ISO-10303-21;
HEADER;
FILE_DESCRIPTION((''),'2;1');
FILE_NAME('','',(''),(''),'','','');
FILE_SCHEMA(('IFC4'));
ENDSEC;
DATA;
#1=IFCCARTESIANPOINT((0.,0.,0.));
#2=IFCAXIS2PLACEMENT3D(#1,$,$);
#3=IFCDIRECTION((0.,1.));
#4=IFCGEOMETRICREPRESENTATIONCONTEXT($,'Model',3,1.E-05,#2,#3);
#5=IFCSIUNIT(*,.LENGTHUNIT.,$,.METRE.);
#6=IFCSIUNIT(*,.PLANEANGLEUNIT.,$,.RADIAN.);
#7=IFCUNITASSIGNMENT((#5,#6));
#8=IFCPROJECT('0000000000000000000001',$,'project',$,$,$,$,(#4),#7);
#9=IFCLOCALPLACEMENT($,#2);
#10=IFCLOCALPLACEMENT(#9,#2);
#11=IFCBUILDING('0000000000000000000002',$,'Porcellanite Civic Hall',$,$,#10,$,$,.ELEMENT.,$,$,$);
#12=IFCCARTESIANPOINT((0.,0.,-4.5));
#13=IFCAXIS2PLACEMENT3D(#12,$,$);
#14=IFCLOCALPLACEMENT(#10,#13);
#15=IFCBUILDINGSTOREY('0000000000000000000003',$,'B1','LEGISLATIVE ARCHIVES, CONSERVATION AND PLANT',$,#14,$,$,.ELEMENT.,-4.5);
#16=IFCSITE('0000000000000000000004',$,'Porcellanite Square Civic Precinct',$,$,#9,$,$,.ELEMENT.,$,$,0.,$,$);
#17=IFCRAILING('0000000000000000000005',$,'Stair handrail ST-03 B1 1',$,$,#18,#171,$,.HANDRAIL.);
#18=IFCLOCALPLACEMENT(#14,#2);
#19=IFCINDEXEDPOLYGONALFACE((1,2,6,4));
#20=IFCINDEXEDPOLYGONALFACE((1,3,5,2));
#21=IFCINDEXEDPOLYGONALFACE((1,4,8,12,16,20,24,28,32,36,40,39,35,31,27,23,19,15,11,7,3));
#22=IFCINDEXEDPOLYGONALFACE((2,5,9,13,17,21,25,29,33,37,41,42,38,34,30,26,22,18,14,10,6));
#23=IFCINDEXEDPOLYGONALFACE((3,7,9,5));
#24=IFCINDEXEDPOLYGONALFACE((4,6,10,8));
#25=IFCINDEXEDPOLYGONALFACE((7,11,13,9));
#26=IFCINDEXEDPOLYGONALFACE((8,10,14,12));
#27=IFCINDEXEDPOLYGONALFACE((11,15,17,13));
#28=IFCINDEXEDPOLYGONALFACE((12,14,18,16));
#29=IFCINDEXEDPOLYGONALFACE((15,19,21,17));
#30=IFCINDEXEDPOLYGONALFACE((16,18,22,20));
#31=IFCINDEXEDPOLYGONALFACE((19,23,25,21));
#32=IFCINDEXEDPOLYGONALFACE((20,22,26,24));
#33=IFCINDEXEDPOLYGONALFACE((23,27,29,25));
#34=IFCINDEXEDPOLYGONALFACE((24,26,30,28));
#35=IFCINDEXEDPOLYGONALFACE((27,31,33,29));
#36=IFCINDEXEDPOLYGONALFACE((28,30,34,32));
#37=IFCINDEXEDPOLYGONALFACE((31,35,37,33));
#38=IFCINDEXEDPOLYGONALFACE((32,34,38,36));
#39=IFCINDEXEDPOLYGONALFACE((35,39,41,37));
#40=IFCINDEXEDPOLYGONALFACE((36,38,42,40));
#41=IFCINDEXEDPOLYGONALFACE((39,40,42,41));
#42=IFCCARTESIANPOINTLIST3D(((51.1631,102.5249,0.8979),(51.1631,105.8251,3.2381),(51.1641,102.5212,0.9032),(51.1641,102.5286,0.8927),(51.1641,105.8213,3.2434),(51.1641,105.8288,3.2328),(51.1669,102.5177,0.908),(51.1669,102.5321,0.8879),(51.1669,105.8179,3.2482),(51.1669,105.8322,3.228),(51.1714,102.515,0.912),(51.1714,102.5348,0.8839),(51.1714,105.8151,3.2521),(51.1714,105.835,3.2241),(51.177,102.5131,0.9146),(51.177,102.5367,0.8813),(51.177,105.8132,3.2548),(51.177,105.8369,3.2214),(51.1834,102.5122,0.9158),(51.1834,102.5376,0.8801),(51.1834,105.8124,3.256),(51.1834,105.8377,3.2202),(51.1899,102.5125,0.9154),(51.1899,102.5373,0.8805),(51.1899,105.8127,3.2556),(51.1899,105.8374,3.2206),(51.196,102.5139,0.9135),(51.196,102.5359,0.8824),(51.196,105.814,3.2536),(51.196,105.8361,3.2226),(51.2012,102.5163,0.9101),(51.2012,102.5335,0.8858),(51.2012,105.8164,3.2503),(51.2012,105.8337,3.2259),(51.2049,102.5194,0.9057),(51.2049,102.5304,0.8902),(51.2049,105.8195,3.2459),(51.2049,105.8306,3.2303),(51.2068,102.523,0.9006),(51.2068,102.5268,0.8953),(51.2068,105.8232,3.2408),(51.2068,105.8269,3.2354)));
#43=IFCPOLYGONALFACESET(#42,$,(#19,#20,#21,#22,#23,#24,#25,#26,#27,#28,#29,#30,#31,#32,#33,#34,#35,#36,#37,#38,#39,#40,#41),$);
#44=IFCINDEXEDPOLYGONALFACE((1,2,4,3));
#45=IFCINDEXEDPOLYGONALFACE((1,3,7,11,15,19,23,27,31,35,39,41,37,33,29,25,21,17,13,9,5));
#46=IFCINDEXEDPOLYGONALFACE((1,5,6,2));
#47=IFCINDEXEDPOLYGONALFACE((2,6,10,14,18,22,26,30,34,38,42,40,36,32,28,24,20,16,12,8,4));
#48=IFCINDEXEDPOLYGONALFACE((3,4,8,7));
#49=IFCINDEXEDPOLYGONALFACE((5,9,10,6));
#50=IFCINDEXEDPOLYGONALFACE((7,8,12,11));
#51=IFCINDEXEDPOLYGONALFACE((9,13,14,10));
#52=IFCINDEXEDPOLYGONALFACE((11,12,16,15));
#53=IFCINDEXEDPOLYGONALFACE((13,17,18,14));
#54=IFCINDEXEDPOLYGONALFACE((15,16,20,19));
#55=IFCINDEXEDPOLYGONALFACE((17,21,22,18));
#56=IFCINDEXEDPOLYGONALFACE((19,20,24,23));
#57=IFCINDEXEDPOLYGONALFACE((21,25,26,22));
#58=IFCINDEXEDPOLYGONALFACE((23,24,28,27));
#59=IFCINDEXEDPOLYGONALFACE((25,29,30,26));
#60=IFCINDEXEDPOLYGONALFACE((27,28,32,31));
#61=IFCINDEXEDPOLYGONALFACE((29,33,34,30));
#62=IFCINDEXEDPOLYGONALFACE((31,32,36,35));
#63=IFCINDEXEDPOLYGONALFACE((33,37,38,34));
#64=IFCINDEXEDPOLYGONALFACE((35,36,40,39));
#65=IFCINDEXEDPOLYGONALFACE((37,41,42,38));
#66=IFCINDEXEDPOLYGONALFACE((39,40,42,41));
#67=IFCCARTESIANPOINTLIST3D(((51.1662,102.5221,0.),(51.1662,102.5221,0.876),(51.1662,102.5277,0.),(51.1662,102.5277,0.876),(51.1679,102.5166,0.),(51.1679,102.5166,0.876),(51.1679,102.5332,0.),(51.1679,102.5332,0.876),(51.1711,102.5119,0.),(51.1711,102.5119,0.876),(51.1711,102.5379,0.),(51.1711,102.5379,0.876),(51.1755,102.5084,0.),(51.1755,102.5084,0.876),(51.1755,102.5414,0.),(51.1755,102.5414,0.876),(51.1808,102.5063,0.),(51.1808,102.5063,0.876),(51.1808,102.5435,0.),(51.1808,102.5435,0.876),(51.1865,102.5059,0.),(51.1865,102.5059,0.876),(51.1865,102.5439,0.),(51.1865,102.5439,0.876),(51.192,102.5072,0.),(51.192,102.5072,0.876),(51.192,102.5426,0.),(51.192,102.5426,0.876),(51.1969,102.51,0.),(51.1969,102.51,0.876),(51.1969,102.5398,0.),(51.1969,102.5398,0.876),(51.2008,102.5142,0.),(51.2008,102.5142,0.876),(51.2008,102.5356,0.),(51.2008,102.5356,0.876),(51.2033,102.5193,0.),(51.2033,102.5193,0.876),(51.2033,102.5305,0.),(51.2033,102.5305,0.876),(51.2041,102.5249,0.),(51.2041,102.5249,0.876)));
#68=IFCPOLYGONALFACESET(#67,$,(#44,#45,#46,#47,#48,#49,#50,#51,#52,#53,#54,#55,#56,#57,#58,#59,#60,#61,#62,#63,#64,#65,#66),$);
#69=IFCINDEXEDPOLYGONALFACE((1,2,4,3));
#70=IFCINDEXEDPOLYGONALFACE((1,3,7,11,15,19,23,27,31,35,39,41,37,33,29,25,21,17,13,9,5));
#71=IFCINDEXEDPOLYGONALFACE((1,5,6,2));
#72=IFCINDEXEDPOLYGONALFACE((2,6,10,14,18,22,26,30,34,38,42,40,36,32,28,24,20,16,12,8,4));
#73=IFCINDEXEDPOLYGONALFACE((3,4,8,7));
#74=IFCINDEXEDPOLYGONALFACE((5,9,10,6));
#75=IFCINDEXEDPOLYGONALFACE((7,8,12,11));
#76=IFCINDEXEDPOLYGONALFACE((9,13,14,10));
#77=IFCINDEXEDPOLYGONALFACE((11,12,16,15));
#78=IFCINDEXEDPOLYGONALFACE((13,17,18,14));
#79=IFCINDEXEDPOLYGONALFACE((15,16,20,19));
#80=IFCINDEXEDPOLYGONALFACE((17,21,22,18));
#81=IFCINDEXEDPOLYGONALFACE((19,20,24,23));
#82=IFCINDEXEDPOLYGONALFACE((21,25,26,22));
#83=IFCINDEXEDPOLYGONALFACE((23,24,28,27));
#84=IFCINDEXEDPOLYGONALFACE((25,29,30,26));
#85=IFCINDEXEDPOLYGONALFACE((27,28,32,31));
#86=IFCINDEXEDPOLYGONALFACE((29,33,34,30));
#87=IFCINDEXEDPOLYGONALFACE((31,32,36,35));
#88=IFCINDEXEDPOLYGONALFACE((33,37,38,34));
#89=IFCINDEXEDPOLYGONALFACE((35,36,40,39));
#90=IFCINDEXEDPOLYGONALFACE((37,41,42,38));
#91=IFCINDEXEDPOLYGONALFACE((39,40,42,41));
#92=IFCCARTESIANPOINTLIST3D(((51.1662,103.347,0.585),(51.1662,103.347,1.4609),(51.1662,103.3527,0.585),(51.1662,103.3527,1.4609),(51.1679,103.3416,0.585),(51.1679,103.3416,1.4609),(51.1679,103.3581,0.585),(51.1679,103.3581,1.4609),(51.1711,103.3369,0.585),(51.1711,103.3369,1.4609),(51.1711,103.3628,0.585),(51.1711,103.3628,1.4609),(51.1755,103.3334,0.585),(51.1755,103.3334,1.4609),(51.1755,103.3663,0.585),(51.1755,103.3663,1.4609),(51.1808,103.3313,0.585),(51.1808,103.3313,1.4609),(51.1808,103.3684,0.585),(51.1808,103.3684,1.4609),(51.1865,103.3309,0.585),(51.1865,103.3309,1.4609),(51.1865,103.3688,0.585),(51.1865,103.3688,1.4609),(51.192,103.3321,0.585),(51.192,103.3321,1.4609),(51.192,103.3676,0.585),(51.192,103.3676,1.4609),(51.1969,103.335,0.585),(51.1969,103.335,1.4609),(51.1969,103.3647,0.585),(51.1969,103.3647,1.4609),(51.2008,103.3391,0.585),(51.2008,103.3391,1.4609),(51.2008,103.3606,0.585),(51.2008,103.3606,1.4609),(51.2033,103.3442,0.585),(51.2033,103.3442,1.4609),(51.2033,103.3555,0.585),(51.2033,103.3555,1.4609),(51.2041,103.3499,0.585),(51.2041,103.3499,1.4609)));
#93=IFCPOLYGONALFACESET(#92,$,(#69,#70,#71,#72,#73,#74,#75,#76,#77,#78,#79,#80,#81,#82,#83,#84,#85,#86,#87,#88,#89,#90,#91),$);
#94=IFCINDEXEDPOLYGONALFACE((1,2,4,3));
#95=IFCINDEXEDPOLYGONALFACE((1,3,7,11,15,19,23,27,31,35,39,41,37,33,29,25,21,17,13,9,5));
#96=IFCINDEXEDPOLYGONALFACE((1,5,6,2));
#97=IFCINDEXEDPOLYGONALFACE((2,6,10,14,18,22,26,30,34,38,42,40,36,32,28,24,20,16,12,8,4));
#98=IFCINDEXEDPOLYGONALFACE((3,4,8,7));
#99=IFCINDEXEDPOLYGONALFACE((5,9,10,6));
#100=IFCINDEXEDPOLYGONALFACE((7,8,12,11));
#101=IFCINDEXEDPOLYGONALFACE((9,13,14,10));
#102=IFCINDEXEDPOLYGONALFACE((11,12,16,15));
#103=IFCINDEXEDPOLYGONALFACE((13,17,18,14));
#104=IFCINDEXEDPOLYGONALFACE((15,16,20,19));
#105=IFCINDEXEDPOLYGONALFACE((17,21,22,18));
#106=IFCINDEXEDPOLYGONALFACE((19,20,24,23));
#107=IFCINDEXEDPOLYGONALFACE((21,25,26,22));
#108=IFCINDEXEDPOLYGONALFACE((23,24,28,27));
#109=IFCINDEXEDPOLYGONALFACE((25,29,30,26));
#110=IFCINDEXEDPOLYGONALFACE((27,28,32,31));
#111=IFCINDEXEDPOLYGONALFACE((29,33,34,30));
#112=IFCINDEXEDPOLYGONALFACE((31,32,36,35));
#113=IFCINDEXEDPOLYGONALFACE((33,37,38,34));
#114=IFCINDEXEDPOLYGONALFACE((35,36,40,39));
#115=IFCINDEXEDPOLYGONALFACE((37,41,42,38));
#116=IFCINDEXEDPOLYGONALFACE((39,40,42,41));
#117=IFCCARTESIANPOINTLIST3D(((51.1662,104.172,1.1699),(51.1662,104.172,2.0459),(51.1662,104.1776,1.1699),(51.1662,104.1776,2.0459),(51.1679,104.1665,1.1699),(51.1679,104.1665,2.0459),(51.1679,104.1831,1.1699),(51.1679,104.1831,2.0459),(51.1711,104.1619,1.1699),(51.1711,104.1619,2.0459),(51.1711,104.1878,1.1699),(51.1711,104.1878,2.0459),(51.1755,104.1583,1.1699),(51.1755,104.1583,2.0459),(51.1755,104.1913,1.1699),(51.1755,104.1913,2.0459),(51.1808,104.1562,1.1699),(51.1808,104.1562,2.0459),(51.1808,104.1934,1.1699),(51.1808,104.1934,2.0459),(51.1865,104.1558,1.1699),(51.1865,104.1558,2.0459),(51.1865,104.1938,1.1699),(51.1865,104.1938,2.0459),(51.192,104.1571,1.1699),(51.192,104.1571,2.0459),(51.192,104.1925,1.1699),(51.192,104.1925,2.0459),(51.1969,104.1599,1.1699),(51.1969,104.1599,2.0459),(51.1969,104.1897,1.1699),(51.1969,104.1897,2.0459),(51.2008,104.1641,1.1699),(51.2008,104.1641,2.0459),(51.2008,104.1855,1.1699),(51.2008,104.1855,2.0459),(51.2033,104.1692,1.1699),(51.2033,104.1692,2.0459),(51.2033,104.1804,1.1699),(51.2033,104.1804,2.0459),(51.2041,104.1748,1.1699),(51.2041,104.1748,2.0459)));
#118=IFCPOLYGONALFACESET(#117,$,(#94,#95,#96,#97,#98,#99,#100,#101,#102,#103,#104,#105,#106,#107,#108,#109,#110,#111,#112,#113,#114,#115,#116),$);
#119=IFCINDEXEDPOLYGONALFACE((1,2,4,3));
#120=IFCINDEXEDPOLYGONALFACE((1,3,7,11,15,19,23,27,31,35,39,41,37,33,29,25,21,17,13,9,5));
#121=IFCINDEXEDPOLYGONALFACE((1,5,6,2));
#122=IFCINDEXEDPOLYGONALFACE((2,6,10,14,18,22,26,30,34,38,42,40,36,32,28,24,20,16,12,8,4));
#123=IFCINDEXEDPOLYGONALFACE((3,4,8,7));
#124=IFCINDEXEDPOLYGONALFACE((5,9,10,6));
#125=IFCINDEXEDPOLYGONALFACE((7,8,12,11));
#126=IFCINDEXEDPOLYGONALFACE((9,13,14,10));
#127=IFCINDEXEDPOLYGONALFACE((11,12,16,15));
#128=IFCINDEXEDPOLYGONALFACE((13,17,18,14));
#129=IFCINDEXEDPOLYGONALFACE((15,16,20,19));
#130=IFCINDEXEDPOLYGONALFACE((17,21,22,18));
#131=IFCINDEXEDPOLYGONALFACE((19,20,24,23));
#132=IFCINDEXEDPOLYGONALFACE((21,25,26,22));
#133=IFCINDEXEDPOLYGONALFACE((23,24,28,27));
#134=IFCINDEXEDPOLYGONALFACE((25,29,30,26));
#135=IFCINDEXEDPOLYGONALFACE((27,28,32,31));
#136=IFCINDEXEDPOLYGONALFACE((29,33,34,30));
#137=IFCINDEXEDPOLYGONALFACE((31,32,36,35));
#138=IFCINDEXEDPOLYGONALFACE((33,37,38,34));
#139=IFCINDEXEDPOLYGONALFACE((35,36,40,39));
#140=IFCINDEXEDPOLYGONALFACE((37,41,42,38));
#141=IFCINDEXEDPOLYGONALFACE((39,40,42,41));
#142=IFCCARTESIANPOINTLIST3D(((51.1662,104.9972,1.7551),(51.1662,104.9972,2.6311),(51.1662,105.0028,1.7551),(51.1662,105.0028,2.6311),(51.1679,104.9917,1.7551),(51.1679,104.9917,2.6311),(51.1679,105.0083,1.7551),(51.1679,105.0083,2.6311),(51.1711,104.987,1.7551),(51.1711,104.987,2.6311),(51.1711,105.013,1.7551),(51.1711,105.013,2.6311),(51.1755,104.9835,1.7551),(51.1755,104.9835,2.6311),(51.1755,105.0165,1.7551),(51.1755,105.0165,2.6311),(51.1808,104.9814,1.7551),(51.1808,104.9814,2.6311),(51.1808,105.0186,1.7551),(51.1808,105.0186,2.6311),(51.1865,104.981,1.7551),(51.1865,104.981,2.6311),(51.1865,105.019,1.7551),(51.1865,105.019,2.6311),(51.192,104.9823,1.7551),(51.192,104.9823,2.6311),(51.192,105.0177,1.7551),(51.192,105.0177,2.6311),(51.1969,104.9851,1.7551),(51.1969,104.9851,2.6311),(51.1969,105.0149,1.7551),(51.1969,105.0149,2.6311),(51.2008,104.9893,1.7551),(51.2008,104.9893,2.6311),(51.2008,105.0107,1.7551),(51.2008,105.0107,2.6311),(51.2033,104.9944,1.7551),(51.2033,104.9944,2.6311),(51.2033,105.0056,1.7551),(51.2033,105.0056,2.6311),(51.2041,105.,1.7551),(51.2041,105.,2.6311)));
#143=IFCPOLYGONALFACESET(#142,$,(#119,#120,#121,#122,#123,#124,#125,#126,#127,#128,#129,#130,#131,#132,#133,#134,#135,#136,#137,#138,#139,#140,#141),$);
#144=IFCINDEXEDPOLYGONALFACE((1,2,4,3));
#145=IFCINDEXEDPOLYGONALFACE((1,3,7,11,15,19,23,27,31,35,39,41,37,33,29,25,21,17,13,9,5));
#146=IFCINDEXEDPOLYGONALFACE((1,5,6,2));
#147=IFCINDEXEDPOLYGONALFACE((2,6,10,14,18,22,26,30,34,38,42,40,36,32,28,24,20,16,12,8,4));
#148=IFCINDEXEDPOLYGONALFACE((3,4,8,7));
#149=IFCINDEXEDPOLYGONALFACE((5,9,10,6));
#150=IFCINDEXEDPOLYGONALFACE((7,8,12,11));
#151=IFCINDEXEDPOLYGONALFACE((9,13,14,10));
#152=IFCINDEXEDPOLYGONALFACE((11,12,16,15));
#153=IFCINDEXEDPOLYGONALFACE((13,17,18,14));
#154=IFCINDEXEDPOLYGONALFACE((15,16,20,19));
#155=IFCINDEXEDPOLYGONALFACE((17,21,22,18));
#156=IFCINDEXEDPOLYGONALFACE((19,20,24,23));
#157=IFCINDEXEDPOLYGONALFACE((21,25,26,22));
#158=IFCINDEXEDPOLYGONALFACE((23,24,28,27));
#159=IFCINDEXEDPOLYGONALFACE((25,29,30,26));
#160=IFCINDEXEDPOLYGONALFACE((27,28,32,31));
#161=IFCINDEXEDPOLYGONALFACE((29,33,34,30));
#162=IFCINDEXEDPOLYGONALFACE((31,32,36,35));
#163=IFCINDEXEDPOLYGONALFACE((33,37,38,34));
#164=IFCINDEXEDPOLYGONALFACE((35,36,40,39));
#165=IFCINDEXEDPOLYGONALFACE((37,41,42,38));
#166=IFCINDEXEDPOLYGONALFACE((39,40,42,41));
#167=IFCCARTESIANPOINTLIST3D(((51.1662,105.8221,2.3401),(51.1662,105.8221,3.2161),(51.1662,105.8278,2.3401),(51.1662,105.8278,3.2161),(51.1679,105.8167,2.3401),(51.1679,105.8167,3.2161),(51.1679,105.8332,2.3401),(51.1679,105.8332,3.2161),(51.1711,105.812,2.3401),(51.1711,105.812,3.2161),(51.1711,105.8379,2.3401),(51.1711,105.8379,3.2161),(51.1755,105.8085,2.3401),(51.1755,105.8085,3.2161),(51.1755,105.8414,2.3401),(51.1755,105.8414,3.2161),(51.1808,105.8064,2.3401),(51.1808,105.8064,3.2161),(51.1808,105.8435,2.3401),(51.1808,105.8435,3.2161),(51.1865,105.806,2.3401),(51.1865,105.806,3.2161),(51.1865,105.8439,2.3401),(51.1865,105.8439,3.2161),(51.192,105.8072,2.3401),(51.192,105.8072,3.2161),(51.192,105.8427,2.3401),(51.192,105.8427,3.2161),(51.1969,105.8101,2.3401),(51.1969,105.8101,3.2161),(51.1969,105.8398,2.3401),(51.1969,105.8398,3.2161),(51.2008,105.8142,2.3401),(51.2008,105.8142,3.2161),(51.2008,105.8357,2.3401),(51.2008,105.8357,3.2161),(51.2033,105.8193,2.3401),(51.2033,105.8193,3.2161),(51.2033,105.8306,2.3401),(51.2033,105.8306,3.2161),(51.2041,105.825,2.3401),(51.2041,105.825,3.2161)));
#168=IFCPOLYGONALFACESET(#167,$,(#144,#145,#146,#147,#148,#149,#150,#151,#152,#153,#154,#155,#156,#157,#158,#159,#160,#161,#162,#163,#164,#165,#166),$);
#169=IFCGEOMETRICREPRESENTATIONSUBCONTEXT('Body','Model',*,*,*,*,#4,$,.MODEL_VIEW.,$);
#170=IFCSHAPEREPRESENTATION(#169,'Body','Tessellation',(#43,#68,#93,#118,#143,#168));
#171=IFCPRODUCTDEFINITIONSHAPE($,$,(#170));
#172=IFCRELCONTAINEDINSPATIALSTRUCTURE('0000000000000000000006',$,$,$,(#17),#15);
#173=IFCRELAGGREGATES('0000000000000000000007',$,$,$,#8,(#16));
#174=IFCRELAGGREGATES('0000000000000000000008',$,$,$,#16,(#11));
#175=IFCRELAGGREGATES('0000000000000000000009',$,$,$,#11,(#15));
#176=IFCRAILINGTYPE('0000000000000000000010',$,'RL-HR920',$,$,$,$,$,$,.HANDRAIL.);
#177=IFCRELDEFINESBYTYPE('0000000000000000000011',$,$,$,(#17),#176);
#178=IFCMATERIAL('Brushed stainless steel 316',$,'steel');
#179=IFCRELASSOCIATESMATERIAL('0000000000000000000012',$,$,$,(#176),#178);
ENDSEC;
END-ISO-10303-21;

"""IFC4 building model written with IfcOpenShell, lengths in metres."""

from ifc_helpers import new_model, si_unit, direction, frame, origin, origin_2d, place, context, subcontext, project, spatial, circle, extrude, material, type_object, element, save


model = new_model("IFC4")

# Units and contexts
model_context = context("Model", 3, precision=1e-05, world=origin(), true_north=direction((0.0, 1.0)))
body_context = subcontext(model_context, "Body", "Model", "MODEL_VIEW")
ifc_project = project(units=[si_unit("LENGTHUNIT", "METRE"), si_unit("PLANEANGLEUNIT", "RADIAN")], contexts=[model_context])

# Site, building, storey
site_placement = place(None, origin())
site = spatial("IfcSite", under=ifc_project, at=site_placement, Name="Porcellanite Square Civic Precinct", CompositionType="ELEMENT", RefElevation=0.0)
building_placement = place(site_placement, origin())
building = spatial("IfcBuilding", under=site, at=building_placement, Name="Porcellanite Civic Hall", CompositionType="ELEMENT")
storey_placement = place(building_placement, frame((0.0, 0.0, -4.5)))
storey = spatial("IfcBuildingStorey", under=building, at=storey_placement, Name="B1", Description="LEGISLATIVE ARCHIVES, CONSERVATION AND PLANT", CompositionType="ELEMENT", Elevation=-4.5)

# Railing
ifc_material_1 = material(Name="Brushed stainless steel 316", Category="steel")
railing_type_1 = type_object("IfcRailingType", Name="RL-HR920", PredefinedType="HANDRAIL", material=ifc_material_1)
railing_1_placement = place(storey_placement, frame((51.1851, 102.5249, 0.0)))
element("IfcRailing", 1, at=railing_1_placement, inside=storey, type_object=railing_type_1, Name="Stair handrail ST-03 B1 1", PredefinedType="HANDRAIL", context=body_context, shape_type="SweptSolid", body=[
    extrude(circle(Radius=0.022, at=origin_2d()), frame((0.0, 0.0, 0.8979), z_axis=(0.0, 0.815727, 0.578438), x_axis=(-1.0, 0.0, 0.0)), (0.0, 0.0, 1.0), 4.0457),
    extrude(circle(Radius=0.019, at=origin_2d()), origin(), (0.0, 0.0, 1.0), 0.876),
    extrude(circle(Radius=0.019, at=origin_2d()), frame((0.0, 0.825, 0.585)), (0.0, 0.0, 1.0), 0.876),
    extrude(circle(Radius=0.019, at=origin_2d()), frame((0.0, 1.6499, 1.1699)), (0.0, 0.0, 1.0), 0.876),
    extrude(circle(Radius=0.019, at=origin_2d()), frame((0.0, 2.4751, 1.7551)), (0.0, 0.0, 1.0), 0.876),
    extrude(circle(Radius=0.019, at=origin_2d()), frame((0.0, 3.3, 2.3401)), (0.0, 0.0, 1.0), 0.876),
])

save(model, "model.ifc")
